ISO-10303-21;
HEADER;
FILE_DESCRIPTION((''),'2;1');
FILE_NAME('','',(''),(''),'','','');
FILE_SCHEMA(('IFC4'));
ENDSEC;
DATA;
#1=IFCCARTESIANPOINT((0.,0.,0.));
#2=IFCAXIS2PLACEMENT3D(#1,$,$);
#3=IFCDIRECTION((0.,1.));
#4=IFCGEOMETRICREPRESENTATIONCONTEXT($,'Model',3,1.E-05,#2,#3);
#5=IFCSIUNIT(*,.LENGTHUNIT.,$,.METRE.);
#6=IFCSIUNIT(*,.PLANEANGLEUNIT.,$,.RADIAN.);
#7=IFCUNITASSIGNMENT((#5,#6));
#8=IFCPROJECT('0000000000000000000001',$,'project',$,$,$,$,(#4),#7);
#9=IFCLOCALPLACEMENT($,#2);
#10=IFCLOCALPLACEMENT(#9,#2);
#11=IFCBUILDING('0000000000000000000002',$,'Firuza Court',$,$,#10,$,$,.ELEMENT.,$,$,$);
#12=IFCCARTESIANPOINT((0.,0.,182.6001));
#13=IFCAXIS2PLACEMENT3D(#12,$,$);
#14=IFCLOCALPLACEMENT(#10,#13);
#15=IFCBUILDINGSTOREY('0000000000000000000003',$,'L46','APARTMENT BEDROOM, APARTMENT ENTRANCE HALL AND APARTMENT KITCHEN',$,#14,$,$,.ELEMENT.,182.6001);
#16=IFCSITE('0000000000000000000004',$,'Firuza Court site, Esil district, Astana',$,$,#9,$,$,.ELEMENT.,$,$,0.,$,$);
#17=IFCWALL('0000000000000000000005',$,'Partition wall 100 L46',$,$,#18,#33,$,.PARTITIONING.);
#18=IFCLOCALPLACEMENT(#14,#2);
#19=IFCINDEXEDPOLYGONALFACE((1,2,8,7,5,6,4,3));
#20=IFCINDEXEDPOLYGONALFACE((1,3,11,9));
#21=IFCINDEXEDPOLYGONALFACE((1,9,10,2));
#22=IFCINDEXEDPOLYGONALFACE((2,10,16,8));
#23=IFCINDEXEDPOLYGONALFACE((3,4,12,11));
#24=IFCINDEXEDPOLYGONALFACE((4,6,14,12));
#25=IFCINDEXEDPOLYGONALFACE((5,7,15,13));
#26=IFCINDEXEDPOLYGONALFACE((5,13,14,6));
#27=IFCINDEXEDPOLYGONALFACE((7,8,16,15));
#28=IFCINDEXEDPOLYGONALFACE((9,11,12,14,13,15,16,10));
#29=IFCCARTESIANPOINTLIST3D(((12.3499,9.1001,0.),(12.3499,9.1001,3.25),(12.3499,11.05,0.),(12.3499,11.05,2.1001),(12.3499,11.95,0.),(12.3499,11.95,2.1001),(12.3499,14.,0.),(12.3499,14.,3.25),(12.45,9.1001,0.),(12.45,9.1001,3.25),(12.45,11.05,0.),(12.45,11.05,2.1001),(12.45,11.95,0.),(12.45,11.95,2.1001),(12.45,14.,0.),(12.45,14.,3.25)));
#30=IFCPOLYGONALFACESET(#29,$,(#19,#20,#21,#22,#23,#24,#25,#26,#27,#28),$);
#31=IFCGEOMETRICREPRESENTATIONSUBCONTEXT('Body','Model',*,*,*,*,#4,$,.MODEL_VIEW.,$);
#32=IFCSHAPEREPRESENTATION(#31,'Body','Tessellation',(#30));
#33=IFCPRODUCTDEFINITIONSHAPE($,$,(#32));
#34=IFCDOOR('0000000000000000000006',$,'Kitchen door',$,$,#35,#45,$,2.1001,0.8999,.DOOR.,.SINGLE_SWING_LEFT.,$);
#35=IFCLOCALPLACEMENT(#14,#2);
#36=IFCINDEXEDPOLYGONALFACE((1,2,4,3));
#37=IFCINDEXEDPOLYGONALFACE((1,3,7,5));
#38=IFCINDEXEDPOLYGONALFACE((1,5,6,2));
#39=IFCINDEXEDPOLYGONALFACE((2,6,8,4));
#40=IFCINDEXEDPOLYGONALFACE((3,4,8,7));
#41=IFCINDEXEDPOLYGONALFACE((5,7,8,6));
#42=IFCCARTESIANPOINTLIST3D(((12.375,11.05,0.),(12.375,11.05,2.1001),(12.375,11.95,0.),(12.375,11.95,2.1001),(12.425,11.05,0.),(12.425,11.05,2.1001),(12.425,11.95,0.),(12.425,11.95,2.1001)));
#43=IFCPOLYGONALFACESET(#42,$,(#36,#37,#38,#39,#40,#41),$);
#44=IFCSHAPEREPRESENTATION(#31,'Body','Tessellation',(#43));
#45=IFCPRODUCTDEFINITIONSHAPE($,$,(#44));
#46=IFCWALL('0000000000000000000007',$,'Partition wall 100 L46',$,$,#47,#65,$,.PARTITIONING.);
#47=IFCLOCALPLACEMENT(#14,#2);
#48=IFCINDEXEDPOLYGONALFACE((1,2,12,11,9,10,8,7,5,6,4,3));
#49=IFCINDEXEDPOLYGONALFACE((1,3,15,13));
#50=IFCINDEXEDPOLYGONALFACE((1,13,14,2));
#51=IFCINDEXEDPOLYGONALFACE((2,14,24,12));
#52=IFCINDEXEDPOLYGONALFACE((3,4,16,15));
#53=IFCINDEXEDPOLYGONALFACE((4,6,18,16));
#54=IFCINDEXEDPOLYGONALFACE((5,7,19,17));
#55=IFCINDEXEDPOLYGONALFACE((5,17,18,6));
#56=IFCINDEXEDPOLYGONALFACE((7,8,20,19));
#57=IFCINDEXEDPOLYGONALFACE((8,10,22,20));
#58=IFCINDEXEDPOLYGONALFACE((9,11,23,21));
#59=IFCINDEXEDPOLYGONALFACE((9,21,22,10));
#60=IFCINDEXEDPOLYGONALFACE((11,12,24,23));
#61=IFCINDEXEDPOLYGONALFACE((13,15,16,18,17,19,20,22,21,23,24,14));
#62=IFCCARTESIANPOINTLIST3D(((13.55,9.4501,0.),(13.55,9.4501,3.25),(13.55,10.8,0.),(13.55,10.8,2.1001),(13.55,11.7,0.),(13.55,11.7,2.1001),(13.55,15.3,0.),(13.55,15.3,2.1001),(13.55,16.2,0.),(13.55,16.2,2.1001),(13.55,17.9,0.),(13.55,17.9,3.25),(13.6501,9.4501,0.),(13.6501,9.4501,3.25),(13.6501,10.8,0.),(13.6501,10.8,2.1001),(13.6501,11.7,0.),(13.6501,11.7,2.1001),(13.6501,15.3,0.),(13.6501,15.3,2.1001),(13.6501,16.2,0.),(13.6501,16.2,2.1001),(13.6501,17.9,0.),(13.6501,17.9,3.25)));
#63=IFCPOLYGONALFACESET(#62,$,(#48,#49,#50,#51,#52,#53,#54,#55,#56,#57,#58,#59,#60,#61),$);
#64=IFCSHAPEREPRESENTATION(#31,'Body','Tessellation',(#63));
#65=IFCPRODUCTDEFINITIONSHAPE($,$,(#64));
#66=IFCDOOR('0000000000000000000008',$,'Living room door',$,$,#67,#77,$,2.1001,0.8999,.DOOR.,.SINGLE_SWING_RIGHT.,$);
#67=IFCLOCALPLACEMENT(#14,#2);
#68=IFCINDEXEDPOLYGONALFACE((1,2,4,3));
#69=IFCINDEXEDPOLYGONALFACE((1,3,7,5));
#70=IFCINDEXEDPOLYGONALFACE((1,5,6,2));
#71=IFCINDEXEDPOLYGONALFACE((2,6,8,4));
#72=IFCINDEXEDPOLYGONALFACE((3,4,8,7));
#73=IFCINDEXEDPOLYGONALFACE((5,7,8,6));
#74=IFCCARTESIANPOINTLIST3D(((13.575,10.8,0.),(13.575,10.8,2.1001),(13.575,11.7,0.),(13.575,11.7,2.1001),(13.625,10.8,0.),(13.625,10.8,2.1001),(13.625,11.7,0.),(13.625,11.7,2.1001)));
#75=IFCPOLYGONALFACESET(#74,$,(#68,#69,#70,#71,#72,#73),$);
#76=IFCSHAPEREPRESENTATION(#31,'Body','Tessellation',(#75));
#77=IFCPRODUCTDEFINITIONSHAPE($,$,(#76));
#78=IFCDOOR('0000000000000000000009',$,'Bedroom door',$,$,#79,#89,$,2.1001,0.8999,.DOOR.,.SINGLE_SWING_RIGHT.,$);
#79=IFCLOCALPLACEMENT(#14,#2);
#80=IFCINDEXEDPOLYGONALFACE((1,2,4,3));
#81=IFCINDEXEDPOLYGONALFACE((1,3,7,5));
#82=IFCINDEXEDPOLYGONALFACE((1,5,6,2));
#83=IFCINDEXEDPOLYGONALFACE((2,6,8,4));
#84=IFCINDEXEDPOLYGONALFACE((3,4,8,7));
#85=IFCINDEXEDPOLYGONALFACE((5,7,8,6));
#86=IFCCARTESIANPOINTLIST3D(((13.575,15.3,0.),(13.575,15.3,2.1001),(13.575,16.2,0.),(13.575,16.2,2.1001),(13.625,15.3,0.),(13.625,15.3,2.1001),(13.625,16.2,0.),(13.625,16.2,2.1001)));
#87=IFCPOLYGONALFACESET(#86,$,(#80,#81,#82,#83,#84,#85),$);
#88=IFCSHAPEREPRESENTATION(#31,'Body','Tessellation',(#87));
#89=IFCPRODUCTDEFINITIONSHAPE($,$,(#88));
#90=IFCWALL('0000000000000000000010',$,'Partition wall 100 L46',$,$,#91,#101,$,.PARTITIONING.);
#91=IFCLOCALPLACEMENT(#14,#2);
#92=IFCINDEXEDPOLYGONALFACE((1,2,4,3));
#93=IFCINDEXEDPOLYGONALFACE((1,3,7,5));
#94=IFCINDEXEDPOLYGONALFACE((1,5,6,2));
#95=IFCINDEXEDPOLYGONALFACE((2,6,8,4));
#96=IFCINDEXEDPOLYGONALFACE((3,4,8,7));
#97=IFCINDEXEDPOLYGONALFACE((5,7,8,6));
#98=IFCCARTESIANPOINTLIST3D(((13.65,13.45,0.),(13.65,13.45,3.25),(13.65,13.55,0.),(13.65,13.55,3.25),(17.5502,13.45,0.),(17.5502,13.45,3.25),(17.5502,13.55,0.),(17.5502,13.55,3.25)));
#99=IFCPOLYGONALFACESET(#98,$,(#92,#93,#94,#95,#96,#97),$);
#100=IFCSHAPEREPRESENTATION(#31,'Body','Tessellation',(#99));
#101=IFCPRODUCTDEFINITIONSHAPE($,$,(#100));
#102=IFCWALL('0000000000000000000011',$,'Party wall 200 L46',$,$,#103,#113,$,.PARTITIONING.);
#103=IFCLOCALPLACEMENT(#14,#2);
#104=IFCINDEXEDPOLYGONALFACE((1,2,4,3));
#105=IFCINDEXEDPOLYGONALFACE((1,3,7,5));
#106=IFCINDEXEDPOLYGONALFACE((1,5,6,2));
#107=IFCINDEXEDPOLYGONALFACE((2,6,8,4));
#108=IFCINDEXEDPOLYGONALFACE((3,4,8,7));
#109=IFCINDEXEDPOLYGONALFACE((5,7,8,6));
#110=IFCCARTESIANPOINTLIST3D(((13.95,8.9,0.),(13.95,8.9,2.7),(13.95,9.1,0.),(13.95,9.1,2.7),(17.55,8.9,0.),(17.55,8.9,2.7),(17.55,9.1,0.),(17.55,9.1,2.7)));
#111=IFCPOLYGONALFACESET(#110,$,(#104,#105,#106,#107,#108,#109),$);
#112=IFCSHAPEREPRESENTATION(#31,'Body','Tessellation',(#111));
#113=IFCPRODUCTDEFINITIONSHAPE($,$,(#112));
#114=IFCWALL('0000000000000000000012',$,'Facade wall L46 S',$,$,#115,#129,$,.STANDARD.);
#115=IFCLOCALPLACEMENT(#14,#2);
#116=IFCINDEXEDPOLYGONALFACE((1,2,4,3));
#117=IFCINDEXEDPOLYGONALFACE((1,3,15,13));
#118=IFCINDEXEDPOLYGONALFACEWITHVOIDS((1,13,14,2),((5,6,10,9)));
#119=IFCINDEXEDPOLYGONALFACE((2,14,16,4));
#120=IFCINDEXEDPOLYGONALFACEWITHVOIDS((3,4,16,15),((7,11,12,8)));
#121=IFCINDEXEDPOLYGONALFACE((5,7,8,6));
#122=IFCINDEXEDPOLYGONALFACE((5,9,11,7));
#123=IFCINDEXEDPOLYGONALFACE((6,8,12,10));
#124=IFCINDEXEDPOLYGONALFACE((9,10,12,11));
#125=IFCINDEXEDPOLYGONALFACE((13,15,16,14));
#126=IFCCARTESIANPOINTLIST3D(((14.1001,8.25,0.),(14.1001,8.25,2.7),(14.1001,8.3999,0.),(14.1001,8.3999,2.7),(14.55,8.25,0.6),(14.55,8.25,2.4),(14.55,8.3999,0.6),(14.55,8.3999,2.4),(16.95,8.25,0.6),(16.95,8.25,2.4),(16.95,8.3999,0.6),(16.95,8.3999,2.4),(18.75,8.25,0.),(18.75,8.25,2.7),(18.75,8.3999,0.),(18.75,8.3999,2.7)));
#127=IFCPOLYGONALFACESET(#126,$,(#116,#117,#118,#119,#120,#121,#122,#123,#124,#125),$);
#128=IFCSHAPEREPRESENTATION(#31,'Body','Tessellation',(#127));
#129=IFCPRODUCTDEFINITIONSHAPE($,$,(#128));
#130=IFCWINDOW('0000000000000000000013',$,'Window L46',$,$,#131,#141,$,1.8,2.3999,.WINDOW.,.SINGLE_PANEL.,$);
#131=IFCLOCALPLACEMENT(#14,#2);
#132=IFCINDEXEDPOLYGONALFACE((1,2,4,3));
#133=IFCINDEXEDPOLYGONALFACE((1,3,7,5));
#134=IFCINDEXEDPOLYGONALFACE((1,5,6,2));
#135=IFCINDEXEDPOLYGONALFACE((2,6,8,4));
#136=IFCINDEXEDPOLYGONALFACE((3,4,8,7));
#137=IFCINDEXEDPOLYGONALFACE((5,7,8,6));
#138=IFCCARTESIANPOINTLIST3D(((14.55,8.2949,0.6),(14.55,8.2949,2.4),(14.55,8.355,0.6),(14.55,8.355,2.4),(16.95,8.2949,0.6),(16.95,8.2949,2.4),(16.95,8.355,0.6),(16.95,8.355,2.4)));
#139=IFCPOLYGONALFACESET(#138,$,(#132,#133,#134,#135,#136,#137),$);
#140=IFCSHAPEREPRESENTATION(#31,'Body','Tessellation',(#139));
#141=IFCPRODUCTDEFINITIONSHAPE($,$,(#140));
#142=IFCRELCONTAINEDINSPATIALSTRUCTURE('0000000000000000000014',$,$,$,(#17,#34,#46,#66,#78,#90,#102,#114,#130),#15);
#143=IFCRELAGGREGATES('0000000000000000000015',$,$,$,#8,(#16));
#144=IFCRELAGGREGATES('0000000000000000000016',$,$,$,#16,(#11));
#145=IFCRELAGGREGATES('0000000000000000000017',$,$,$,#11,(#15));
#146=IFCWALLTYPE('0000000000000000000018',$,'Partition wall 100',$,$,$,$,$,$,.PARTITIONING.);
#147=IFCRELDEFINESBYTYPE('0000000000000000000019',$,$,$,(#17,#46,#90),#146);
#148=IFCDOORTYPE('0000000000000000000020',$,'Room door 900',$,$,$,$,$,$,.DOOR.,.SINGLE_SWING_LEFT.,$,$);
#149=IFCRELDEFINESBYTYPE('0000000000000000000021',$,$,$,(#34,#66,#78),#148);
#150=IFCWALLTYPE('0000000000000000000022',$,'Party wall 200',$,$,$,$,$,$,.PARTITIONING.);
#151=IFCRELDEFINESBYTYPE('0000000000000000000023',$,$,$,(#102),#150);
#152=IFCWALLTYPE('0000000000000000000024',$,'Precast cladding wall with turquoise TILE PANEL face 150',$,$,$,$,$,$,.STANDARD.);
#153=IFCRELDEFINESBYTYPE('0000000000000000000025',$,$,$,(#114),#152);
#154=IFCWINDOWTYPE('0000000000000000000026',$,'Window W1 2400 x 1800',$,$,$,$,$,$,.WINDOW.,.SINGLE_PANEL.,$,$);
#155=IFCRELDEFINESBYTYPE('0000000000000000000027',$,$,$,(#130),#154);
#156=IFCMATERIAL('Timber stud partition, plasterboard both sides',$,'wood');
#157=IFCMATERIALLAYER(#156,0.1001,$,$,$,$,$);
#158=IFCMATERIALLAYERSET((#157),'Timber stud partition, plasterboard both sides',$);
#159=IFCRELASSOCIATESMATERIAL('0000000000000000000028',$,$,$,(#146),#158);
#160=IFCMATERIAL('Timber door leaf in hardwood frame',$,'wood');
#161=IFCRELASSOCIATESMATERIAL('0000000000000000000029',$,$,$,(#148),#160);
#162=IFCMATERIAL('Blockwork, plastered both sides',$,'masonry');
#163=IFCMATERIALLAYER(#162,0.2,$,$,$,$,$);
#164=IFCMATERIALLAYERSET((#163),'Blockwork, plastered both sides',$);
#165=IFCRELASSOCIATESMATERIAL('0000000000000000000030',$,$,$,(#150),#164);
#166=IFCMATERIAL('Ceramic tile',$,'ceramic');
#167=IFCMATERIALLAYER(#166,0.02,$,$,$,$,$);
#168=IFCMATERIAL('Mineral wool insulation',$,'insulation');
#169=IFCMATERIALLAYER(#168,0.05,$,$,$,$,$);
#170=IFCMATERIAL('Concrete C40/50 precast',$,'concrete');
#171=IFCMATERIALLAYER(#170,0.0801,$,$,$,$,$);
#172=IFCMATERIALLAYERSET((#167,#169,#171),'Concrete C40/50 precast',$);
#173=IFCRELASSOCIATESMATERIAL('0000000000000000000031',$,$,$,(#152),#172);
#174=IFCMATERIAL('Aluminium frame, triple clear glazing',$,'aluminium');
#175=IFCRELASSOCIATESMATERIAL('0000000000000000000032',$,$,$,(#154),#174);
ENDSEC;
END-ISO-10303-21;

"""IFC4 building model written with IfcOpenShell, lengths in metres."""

from ifc_helpers import new_model, si_unit, direction, frame, frame_2d, origin, place, context, subcontext, project, spatial, rectangle, extrude, material, layer, layer_set, type_object, element, fill, save


model = new_model("IFC4")

# Units and contexts
model_context = context("Model", 3, precision=1e-05, world=origin(), true_north=direction((0.0, 1.0)))
body_context = subcontext(model_context, "Body", "Model", "MODEL_VIEW")
ifc_project = project(units=[si_unit("LENGTHUNIT", "METRE"), si_unit("PLANEANGLEUNIT", "RADIAN")], contexts=[model_context])

# Site, building, storey
site_placement = place(None, origin())
site = spatial("IfcSite", under=ifc_project, at=site_placement, Name="Firuza Court site, Esil district, Astana", CompositionType="ELEMENT", RefElevation=0.0)
building_placement = place(site_placement, origin())
building = spatial("IfcBuilding", under=site, at=building_placement, Name="Firuza Court", CompositionType="ELEMENT")
storey_placement = place(building_placement, frame((0.0, 0.0, 182.6001)))
storey = spatial("IfcBuildingStorey", under=building, at=storey_placement, Name="L46", Description="APARTMENT BEDROOM, APARTMENT ENTRANCE HALL AND APARTMENT KITCHEN", CompositionType="ELEMENT", Elevation=182.6001)

# Wall, opening, door
ifc_material_1 = material(Name="Timber stud partition, plasterboard both sides", Category="wood")
ifc_layer_1 = layer(ifc_material_1, 0.1001)
ifc_layer_set_1 = layer_set([ifc_layer_1], Name="Timber stud partition, plasterboard both sides")
wall_type_1 = type_object("IfcWallType", Name="Partition wall 100", PredefinedType="PARTITIONING", material=ifc_layer_set_1)
wall_1_placement = place(storey_placement, frame((12.3999, 9.1001, 0.0), z_axis=(0.0, 0.0, 1.0), x_axis=(0.0, 1.0, 0.0)))
wall_1 = element("IfcWall", 1, at=wall_1_placement, inside=storey, type_object=wall_type_1, Name="Partition wall 100 L46", PredefinedType="PARTITIONING", context=body_context, shape_type="SweptSolid", body=[
    extrude(rectangle(XDim=4.8999, YDim=0.1001, at=frame_2d((2.45, 0.0))), origin(), (0.0, 0.0, 1.0), 3.25),
])
opening_1_placement = place(wall_1_placement, frame((1.95, 0.0, 0.0)))
opening_1 = element("IfcOpeningElement", 2, at=opening_1_placement, cuts=wall_1, PredefinedType="OPENING", context=body_context, shape_type="SweptSolid", body=[
    extrude(rectangle(XDim=0.8999, YDim=2.1001, at=frame_2d((0.45, 1.05))), frame((0.0, 0.062, 0.0), z_axis=(0.0, -1.0, 0.0), x_axis=(1.0, 0.0, 0.0)), (0.0, 0.0, 1.0), 0.124),
])
ifc_material_2 = material(Name="Timber door leaf in hardwood frame", Category="wood")
door_type = type_object("IfcDoorType", Name="Room door 900", OperationType="SINGLE_SWING_LEFT", PredefinedType="DOOR", material=ifc_material_2)
door_1_placement = place(opening_1_placement, origin())
door_1 = element("IfcDoor", 3, at=door_1_placement, inside=storey, type_object=door_type, Name="Kitchen door", OperationType="SINGLE_SWING_LEFT", OverallHeight=2.1001, OverallWidth=0.8999, PredefinedType="DOOR", context=body_context, shape_type="SweptSolid", body=[
    extrude(rectangle(XDim=0.8999, YDim=2.1001, at=frame_2d((0.45, 1.05))), frame((0.0, 0.0249, 0.0), z_axis=(0.0, -1.0, 0.0), x_axis=(1.0, 0.0, 0.0)), (0.0, 0.0, 1.0), 0.05),
])
fill(opening_1, door_1)

# Wall, openings, doors
wall_2_placement = place(storey_placement, frame((13.6001, 9.45, 0.0), z_axis=(0.0, 0.0, 1.0), x_axis=(0.0, 1.0, 0.0)))
wall_2 = element("IfcWall", 4, at=wall_2_placement, inside=storey, type_object=wall_type_1, Name="Partition wall 100 L46", PredefinedType="PARTITIONING", context=body_context, shape_type="SweptSolid", body=[
    extrude(rectangle(XDim=8.45, YDim=0.1001, at=frame_2d((4.2251, 0.0))), origin(), (0.0, 0.0, 1.0), 3.25),
])
opening_2_placement = place(wall_2_placement, frame((1.3501, 0.0, 0.0)))
opening_2 = element("IfcOpeningElement", 5, at=opening_2_placement, cuts=wall_2, PredefinedType="OPENING", context=body_context, shape_type="SweptSolid", body=[
    extrude(rectangle(XDim=0.8999, YDim=2.1001, at=frame_2d((0.45, 1.05))), frame((0.0, 0.062, 0.0), z_axis=(0.0, -1.0, 0.0), x_axis=(1.0, 0.0, 0.0)), (0.0, 0.0, 1.0), 0.124),
])
opening_3_placement = place(wall_2_placement, frame((5.8501, 0.0, 0.0)))
opening_3 = element("IfcOpeningElement", 6, at=opening_3_placement, cuts=wall_2, PredefinedType="OPENING", context=body_context, shape_type="SweptSolid", body=[
    extrude(rectangle(XDim=0.8999, YDim=2.1001, at=frame_2d((0.45, 1.05))), frame((0.0, 0.062, 0.0), z_axis=(0.0, -1.0, 0.0), x_axis=(1.0, 0.0, 0.0)), (0.0, 0.0, 1.0), 0.124),
])
door_2_placement = place(opening_2_placement, frame((0.8999, 0.0, 0.0), z_axis=(0.0, 0.0, 1.0), x_axis=(-1.0, 0.0, 0.0)))
door_2 = element("IfcDoor", 7, at=door_2_placement, inside=storey, type_object=door_type, Name="Living room door", OperationType="SINGLE_SWING_RIGHT", OverallHeight=2.1001, OverallWidth=0.8999, PredefinedType="DOOR", context=body_context, shape_type="SweptSolid", body=[
    extrude(rectangle(XDim=0.8999, YDim=2.1001, at=frame_2d((0.45, 1.05))), frame((0.0, 0.0249, 0.0), z_axis=(0.0, -1.0, 0.0), x_axis=(1.0, 0.0, 0.0)), (0.0, 0.0, 1.0), 0.05),
])
fill(opening_2, door_2)
door_3_placement = place(opening_3_placement, frame((0.8999, 0.0, 0.0), z_axis=(0.0, 0.0, 1.0), x_axis=(-1.0, 0.0, 0.0)))
door_3 = element("IfcDoor", 8, at=door_3_placement, inside=storey, type_object=door_type, Name="Bedroom door", OperationType="SINGLE_SWING_RIGHT", OverallHeight=2.1001, OverallWidth=0.8999, PredefinedType="DOOR", context=body_context, shape_type="SweptSolid", body=[
    extrude(rectangle(XDim=0.8999, YDim=2.1001, at=frame_2d((0.45, 1.05))), frame((0.0, 0.0249, 0.0), z_axis=(0.0, -1.0, 0.0), x_axis=(1.0, 0.0, 0.0)), (0.0, 0.0, 1.0), 0.05),
])
fill(opening_3, door_3)

# Walls
wall_3_placement = place(storey_placement, frame((13.6499, 13.5, 0.0), z_axis=(0.0, 0.0, 1.0), x_axis=(1.0, 0.0, 0.0)))
element("IfcWall", 9, at=wall_3_placement, inside=storey, type_object=wall_type_1, Name="Partition wall 100 L46", PredefinedType="PARTITIONING", context=body_context, shape_type="SweptSolid", body=[
    extrude(rectangle(XDim=3.9001, YDim=0.1001, at=frame_2d((1.9502, 0.0))), origin(), (0.0, 0.0, 1.0), 3.25),
])
ifc_material_3 = material(Name="Blockwork, plastered both sides", Category="masonry")
ifc_layer_2 = layer(ifc_material_3, 0.2)
ifc_layer_set_2 = layer_set([ifc_layer_2], Name="Blockwork, plastered both sides")
wall_type_2 = type_object("IfcWallType", Name="Party wall 200", PredefinedType="PARTITIONING", material=ifc_layer_set_2)
wall_4_placement = place(storey_placement, frame((13.95, 9.0, 0.0), z_axis=(0.0, 0.0, 1.0), x_axis=(1.0, 0.0, 0.0)))
element("IfcWall", 10, at=wall_4_placement, inside=storey, type_object=wall_type_2, Name="Party wall 200 L46", PredefinedType="PARTITIONING", context=body_context, shape_type="SweptSolid", body=[
    extrude(rectangle(XDim=3.6001, YDim=0.2, at=frame_2d((1.8, 0.0))), origin(), (0.0, 0.0, 1.0), 2.7),
])

# Wall, opening, window
ifc_material_4 = material(Name="Ceramic tile", Category="ceramic")
ifc_layer_3 = layer(ifc_material_4, 0.02)
ifc_material_5 = material(Name="Mineral wool insulation", Category="insulation")
ifc_layer_4 = layer(ifc_material_5, 0.05)
ifc_material_6 = material(Name="Concrete C40/50 precast", Category="concrete")
ifc_layer_5 = layer(ifc_material_6, 0.0801)
ifc_layer_set_3 = layer_set([ifc_layer_3, ifc_layer_4, ifc_layer_5], Name="Concrete C40/50 precast")
wall_type_3 = type_object("IfcWallType", Name="Precast cladding wall with turquoise TILE PANEL face 150", PredefinedType="STANDARD", material=ifc_layer_set_3)
wall_5_placement = place(storey_placement, frame((14.1001, 8.325, 0.0), z_axis=(0.0, 0.0, 1.0), x_axis=(1.0, 0.0, 0.0)))
wall_5 = element("IfcWall", 11, at=wall_5_placement, inside=storey, type_object=wall_type_3, Name="Facade wall L46 S", PredefinedType="STANDARD", context=body_context, shape_type="SweptSolid", body=[
    extrude(rectangle(XDim=4.6499, YDim=0.1499, at=frame_2d((2.325, 0.0))), origin(), (0.0, 0.0, 1.0), 2.7),
])
opening_4_placement = place(wall_5_placement, frame((0.45, 0.0, 0.6001)))
opening_4 = element("IfcOpeningElement", 12, at=opening_4_placement, cuts=wall_5, PredefinedType="OPENING", context=body_context, shape_type="SweptSolid", body=[
    extrude(rectangle(XDim=2.3999, YDim=1.8, at=frame_2d((1.2, 0.8999))), frame((0.0, 0.0869, 0.0), z_axis=(0.0, -1.0, 0.0), x_axis=(1.0, 0.0, 0.0)), (0.0, 0.0, 1.0), 0.1738),
])
ifc_material_7 = material(Name="Aluminium frame, triple clear glazing", Category="aluminium")
window_type = type_object("IfcWindowType", Name="Window W1 2400 x 1800", PartitioningType="SINGLE_PANEL", PredefinedType="WINDOW", material=ifc_material_7)
window_1_placement = place(opening_4_placement, origin())
window_1 = element("IfcWindow", 13, at=window_1_placement, inside=storey, type_object=window_type, Name="Window L46", OverallHeight=1.8, OverallWidth=2.3999, PartitioningType="SINGLE_PANEL", PredefinedType="WINDOW", context=body_context, shape_type="SweptSolid", body=[
    extrude(rectangle(XDim=2.3999, YDim=1.8, at=frame_2d((1.2, 0.8999))), frame((0.0, 0.03, 0.0), z_axis=(0.0, -1.0, 0.0), x_axis=(1.0, 0.0, 0.0)), (0.0, 0.0, 1.0), 0.0601),
])
fill(opening_4, window_1)

save(model, "model.ifc")
